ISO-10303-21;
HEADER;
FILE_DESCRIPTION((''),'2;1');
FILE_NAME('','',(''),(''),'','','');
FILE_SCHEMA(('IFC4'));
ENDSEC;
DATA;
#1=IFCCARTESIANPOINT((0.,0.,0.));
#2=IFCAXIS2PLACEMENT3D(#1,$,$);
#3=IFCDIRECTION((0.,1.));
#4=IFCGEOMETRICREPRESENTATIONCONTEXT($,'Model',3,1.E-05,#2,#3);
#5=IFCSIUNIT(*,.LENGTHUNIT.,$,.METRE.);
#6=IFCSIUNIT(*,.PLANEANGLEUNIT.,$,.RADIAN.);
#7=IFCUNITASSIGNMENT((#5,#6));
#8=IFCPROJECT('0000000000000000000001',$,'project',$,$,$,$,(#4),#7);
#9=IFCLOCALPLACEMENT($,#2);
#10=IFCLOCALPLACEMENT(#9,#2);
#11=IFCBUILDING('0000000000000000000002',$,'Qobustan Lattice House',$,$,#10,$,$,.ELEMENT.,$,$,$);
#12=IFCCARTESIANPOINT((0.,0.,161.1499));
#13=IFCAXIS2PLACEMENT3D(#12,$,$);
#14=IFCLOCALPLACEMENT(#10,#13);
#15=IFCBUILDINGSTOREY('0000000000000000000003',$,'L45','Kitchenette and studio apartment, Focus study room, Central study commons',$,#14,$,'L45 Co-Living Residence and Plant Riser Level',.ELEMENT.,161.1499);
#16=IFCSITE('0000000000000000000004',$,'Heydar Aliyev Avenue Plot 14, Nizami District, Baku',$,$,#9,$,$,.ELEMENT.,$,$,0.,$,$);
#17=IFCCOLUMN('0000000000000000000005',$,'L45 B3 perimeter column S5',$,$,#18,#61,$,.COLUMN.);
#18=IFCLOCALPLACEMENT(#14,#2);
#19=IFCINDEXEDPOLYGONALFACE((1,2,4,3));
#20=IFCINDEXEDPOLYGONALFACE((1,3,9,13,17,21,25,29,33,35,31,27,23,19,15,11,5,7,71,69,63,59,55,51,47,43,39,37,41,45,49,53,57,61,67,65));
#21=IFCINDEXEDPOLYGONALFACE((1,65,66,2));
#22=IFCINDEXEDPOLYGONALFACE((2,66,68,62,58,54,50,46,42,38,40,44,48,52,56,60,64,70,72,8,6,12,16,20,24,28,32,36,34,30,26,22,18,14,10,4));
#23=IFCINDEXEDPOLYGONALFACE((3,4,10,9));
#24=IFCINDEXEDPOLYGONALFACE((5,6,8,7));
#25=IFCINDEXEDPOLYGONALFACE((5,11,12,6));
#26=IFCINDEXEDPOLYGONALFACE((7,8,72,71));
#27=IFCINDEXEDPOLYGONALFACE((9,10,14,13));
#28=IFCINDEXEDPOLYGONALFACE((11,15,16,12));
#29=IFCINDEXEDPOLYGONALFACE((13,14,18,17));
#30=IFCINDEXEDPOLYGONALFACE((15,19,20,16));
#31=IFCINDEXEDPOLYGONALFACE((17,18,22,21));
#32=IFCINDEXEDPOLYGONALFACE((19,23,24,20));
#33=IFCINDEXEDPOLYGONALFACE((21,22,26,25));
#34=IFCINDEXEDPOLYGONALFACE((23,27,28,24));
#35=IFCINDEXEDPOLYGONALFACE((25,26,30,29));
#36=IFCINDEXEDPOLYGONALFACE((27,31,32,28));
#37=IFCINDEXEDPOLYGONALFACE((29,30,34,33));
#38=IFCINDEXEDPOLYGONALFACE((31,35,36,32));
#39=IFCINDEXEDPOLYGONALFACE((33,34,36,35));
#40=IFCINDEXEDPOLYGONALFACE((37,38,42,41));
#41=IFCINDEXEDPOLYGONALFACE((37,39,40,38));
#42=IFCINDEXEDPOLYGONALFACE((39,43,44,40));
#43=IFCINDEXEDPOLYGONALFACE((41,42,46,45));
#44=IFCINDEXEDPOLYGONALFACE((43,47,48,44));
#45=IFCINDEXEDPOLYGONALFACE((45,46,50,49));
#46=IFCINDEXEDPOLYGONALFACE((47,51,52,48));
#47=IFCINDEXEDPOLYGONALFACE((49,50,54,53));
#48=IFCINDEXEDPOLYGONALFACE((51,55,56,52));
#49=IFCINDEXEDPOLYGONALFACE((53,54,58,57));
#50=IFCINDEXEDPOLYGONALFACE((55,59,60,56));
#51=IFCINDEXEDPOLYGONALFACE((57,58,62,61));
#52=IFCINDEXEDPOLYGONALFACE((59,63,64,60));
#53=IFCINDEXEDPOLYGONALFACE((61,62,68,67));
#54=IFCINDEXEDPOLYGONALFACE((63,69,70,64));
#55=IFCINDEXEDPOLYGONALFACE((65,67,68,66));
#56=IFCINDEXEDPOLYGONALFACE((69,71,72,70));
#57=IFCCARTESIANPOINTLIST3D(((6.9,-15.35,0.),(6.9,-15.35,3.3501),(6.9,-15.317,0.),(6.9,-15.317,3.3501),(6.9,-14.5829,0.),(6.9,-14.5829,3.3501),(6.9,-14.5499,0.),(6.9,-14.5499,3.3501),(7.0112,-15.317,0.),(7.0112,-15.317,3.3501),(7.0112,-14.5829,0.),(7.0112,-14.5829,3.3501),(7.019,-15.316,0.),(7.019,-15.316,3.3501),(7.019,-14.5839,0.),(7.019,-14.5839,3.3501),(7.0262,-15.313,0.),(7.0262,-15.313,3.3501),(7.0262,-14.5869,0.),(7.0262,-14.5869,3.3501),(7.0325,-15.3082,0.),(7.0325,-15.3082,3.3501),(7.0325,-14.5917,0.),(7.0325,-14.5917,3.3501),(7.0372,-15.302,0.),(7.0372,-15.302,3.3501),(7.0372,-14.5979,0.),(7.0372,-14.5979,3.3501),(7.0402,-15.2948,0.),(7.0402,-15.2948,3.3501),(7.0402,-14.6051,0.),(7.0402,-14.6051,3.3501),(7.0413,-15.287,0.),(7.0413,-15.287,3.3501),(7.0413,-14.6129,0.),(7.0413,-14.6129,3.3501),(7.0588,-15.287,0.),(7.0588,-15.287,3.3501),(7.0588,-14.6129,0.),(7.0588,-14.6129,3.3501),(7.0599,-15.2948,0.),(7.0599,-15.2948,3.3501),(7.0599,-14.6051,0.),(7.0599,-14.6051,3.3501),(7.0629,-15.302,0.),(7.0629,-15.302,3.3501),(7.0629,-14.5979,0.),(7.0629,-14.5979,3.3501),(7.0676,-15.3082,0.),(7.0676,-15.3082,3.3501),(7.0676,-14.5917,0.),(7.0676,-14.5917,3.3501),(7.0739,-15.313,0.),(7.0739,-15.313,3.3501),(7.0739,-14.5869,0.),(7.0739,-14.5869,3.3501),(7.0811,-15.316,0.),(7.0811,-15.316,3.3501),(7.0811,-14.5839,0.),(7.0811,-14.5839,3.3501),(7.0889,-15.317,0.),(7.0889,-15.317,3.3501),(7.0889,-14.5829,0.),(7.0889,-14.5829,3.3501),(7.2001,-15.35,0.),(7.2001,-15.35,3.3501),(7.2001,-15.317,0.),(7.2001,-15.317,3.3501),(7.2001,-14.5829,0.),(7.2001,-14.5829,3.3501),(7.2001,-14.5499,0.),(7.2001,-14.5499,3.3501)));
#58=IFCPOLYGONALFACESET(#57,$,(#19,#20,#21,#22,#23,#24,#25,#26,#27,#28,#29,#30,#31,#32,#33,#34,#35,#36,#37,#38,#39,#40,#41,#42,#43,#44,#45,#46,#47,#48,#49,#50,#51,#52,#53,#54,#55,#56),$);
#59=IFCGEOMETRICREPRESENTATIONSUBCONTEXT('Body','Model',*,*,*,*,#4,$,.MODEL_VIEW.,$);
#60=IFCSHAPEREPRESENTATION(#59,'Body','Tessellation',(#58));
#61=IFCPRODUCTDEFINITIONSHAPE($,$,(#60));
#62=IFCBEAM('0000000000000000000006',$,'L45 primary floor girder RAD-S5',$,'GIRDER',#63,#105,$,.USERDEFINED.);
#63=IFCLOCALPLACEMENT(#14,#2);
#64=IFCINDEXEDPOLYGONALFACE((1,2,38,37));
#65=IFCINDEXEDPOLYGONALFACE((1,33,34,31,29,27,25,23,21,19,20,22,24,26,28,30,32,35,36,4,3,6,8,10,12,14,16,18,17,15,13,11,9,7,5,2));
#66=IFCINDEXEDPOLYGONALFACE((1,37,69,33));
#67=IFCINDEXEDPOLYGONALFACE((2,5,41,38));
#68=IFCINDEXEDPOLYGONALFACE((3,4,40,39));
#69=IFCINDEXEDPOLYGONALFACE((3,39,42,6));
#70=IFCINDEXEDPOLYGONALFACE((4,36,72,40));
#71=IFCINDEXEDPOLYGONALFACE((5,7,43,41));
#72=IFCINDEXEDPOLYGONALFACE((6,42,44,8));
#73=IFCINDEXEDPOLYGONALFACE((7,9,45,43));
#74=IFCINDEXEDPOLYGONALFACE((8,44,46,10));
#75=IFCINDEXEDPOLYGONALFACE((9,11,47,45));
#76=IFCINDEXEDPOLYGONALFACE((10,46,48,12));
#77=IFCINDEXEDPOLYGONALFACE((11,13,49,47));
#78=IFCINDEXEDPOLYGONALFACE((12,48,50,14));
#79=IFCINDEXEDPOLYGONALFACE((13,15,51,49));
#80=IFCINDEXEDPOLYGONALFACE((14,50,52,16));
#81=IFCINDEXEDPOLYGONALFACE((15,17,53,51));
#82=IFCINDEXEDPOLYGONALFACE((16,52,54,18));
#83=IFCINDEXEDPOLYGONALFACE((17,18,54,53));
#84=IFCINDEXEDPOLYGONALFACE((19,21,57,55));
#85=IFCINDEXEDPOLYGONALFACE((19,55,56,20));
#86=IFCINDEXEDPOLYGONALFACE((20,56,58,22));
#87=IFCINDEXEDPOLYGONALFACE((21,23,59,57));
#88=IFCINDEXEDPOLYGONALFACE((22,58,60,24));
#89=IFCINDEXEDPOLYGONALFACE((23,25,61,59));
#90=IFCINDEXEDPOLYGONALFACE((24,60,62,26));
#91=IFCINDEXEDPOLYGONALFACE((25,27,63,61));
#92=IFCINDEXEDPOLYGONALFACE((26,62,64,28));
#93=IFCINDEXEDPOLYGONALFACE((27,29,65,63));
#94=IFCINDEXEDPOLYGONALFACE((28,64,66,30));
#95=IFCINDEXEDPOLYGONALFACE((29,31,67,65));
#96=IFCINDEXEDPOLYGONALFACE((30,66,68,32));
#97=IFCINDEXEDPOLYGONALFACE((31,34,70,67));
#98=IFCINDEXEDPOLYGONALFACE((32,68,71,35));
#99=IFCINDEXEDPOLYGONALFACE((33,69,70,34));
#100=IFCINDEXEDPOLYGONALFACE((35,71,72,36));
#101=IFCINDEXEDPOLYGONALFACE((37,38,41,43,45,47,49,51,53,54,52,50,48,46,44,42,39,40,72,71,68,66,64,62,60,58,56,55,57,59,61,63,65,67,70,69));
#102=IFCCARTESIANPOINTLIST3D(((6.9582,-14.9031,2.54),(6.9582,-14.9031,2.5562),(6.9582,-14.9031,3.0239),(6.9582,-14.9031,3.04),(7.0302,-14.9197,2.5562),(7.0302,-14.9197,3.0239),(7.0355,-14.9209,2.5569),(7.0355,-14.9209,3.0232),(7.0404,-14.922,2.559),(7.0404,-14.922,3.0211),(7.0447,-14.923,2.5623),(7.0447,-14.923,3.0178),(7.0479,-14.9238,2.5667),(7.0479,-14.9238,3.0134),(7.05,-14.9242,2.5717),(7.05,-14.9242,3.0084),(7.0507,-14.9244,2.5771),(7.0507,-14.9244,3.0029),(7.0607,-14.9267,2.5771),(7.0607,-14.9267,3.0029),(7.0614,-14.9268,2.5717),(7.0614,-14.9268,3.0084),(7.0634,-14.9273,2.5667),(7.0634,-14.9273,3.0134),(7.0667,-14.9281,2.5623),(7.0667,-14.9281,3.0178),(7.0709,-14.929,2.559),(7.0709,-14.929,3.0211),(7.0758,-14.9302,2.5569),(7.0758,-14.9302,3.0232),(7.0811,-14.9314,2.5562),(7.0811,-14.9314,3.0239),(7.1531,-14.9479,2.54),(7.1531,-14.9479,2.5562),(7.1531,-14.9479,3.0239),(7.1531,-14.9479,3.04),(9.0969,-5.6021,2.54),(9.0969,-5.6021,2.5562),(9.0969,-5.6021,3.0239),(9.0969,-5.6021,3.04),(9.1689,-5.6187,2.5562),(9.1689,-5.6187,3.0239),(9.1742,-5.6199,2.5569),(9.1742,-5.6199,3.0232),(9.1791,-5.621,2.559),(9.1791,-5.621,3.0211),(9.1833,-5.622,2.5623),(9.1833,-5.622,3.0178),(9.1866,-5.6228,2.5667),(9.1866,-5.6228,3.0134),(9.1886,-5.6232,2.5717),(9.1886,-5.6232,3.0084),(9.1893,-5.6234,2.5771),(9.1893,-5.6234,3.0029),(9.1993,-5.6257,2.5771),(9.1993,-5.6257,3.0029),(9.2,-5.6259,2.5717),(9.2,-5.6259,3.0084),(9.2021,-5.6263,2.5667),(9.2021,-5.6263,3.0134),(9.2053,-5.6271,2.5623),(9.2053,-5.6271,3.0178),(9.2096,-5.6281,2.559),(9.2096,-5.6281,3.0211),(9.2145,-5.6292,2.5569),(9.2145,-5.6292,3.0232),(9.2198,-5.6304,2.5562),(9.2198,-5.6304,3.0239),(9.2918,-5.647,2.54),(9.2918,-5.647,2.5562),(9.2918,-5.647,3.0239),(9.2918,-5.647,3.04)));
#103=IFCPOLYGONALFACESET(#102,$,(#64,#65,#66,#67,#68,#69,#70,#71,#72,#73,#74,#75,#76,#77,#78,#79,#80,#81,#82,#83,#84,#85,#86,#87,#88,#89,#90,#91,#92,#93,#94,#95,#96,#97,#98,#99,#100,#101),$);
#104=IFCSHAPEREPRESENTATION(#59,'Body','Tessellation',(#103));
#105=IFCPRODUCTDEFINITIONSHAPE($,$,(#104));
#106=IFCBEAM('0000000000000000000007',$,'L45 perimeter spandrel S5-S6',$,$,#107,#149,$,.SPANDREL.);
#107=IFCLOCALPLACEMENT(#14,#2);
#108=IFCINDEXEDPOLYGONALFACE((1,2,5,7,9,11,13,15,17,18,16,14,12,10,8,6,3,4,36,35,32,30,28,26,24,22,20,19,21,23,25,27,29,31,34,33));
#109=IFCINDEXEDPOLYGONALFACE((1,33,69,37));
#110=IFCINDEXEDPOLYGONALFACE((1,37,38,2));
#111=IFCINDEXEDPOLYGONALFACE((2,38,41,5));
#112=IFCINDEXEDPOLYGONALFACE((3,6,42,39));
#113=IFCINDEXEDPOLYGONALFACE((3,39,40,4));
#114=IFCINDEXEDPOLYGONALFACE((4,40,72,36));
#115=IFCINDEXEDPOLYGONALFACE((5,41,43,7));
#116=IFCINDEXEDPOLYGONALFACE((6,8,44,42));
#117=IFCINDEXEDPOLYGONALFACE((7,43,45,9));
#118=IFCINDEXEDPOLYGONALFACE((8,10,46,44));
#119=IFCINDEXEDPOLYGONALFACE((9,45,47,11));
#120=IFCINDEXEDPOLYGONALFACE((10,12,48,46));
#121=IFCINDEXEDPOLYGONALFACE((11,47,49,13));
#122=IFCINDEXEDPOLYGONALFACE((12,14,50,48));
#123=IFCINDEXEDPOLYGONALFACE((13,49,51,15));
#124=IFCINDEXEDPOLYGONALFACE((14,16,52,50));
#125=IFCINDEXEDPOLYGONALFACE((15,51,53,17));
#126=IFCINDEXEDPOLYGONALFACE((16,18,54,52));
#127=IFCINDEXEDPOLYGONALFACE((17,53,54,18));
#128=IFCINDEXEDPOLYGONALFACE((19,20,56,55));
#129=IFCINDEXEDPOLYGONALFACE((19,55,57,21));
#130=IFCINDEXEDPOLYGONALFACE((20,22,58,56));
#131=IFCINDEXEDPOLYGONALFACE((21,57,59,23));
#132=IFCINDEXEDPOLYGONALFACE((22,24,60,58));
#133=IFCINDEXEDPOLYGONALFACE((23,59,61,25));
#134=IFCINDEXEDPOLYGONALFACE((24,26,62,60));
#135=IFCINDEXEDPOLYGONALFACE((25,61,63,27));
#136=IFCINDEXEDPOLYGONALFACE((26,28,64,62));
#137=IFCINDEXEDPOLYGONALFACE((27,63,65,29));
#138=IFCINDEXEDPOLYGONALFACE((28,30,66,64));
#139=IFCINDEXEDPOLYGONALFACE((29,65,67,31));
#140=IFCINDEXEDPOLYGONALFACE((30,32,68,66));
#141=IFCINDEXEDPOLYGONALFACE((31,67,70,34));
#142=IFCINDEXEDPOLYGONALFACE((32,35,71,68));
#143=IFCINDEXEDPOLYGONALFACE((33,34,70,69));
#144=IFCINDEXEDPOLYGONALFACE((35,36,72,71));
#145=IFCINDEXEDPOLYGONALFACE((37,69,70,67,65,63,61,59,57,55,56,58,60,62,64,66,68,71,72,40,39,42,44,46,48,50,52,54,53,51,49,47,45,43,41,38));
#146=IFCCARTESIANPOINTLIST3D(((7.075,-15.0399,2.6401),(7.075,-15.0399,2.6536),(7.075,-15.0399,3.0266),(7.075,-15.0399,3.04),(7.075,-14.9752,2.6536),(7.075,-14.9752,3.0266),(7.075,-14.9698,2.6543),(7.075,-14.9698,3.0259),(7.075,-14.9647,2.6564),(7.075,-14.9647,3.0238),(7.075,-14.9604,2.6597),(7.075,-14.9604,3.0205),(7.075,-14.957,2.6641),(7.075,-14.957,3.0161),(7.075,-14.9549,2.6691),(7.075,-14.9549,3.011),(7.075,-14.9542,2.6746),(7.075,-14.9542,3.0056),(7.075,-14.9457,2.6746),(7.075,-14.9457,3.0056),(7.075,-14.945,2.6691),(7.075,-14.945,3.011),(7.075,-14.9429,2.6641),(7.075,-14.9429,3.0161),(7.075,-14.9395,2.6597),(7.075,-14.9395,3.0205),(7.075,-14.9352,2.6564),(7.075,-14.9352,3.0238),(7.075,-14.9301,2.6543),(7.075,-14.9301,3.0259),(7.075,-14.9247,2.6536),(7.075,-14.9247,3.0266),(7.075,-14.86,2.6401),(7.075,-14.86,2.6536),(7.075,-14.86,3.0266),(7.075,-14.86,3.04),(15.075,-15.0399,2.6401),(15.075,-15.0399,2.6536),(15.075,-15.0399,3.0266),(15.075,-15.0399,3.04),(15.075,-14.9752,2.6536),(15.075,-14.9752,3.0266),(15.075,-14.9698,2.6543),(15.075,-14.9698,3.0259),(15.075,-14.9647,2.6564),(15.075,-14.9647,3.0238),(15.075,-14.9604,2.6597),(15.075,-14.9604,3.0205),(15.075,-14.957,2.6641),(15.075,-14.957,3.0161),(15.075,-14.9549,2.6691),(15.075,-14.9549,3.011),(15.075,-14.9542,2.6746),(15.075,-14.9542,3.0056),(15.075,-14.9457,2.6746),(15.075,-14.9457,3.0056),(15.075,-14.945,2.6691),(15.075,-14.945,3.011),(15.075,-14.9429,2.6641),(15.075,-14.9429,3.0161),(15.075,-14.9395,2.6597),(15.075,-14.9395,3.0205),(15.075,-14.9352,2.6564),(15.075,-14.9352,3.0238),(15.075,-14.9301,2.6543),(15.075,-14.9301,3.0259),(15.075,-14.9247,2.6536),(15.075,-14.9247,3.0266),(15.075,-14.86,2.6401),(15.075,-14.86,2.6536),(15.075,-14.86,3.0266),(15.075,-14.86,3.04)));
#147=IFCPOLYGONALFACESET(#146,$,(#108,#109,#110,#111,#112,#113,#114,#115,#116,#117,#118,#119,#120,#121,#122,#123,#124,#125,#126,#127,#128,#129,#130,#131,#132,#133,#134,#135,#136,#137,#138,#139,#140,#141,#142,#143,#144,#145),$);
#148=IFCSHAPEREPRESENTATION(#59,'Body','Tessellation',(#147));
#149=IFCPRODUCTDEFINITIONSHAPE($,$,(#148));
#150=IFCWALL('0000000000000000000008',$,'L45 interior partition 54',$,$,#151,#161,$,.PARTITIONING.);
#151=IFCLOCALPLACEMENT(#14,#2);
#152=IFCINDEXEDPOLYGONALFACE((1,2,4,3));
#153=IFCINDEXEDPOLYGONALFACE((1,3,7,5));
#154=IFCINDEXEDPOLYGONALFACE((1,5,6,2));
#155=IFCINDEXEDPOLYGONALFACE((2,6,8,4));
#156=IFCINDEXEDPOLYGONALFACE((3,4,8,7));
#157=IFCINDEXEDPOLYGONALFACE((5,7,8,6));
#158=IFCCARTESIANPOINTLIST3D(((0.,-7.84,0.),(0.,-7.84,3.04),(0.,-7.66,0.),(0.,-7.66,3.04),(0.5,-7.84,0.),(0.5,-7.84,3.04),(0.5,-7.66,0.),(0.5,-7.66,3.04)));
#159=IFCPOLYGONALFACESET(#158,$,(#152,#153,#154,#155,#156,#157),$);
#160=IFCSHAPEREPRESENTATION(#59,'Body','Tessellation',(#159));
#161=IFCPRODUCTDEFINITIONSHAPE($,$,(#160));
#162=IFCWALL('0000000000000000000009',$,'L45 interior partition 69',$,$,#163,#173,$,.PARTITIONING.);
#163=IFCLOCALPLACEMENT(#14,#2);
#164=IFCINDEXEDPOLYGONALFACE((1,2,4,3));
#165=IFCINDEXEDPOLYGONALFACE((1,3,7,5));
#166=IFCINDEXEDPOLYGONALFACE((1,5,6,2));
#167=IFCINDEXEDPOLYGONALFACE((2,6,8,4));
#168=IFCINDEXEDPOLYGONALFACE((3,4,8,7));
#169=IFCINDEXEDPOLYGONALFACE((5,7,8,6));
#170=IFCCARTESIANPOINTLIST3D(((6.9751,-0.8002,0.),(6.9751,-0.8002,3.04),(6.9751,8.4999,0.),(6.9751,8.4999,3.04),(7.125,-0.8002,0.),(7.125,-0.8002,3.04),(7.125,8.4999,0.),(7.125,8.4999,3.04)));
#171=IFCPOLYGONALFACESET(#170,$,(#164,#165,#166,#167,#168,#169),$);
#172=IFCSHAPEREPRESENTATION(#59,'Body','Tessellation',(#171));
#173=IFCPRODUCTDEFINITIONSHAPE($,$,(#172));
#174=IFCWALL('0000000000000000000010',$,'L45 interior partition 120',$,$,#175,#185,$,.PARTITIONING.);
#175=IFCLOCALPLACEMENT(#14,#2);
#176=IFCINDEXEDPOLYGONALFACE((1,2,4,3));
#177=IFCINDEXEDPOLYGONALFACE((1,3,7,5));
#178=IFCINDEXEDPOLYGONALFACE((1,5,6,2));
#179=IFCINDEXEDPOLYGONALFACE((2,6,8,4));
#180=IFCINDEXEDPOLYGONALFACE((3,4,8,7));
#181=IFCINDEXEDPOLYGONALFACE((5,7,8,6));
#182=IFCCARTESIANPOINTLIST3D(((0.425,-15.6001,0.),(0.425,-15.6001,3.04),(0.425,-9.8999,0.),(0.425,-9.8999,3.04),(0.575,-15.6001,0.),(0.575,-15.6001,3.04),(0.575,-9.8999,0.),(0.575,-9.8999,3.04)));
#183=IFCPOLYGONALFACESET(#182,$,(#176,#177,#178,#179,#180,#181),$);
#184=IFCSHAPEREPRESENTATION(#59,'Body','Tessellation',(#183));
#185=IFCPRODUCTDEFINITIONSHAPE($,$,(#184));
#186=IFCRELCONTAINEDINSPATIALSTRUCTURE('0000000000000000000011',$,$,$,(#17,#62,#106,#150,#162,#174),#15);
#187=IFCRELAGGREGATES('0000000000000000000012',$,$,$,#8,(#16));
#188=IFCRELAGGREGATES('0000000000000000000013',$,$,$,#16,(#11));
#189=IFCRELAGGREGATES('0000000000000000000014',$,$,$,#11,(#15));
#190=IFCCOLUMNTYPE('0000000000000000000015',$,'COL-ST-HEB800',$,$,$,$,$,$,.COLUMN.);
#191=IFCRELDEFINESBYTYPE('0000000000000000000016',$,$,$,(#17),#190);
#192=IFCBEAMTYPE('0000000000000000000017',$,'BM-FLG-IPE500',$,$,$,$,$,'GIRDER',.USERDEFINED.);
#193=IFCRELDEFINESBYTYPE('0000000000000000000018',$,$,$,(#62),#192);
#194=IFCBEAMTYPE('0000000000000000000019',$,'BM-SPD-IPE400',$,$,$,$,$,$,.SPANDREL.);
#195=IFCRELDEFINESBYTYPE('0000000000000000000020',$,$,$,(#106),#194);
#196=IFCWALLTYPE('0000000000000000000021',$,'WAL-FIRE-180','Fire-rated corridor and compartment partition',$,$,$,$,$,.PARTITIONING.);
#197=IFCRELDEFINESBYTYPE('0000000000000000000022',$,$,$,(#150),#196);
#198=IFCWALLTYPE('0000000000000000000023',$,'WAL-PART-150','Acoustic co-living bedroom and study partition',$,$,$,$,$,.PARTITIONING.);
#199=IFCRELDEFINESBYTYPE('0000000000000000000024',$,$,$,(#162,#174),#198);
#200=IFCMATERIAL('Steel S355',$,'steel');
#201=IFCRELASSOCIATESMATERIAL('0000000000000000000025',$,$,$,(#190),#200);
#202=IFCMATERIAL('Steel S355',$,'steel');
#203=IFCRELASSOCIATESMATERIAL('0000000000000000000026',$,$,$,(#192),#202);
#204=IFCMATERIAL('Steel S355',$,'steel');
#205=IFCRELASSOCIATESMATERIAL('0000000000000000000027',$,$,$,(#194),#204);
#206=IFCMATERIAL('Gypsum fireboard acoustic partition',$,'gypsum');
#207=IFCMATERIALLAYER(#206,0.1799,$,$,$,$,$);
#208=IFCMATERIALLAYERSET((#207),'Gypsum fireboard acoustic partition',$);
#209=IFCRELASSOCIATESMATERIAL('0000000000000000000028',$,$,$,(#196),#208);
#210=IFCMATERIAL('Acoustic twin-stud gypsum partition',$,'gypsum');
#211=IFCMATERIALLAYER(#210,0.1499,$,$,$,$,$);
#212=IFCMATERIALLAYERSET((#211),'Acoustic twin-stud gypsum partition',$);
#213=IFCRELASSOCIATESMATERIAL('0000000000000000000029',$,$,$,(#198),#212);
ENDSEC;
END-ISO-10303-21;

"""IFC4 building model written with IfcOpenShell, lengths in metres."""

from ifc_helpers import new_model, si_unit, direction, frame, frame_2d, origin, origin_2d, place, context, subcontext, project, spatial, rectangle, i_section, extrude, material, layer, layer_set, material_profile, profile_set, type_object, element, save


model = new_model("IFC4")

# Units and contexts
model_context = context("Model", 3, precision=1e-05, world=origin(), true_north=direction((0.0, 1.0)))
body_context = subcontext(model_context, "Body", "Model", "MODEL_VIEW")
ifc_project = project(units=[si_unit("LENGTHUNIT", "METRE"), si_unit("PLANEANGLEUNIT", "RADIAN")], contexts=[model_context])

# Site, building, storey
site_placement = place(None, origin())
site = spatial("IfcSite", under=ifc_project, at=site_placement, Name="Heydar Aliyev Avenue Plot 14, Nizami District, Baku", CompositionType="ELEMENT", RefElevation=0.0)
building_placement = place(site_placement, origin())
building = spatial("IfcBuilding", under=site, at=building_placement, Name="Qobustan Lattice House", CompositionType="ELEMENT")
storey_placement = place(building_placement, frame((0.0, 0.0, 161.1499)))
storey = spatial("IfcBuildingStorey", under=building, at=storey_placement, Name="L45", Description="Kitchenette and studio apartment, Focus study room, Central study commons", LongName="L45 Co-Living Residence and Plant Riser Level", CompositionType="ELEMENT", Elevation=161.1499)

# Column
ifc_material_1 = material(Name="Steel S355", Category="steel")
ifc_material_profile_1 = material_profile(ifc_material_1, i_section(OverallWidth=0.3, OverallDepth=0.8, WebThickness=0.0176, FlangeThickness=0.033, FilletRadius=0.03, at=origin_2d()), Name="HEB800")
ifc_profile_set_1 = profile_set([ifc_material_profile_1], Name="Steel S355")
column_type = type_object("IfcColumnType", Name="COL-ST-HEB800", PredefinedType="COLUMN", material=ifc_profile_set_1)
column_placement = place(storey_placement, frame((7.05, -14.95, 0.0), z_axis=(0.0, 0.0, 1.0), x_axis=(1.0, 0.0, 0.0)))
element("IfcColumn", 1, at=column_placement, inside=storey, type_object=column_type, Name="L45 B3 perimeter column S5", PredefinedType="COLUMN", context=body_context, shape_type="SweptSolid", body=[
    extrude(i_section(OverallWidth=0.3, OverallDepth=0.8, WebThickness=0.0176, FlangeThickness=0.033, FilletRadius=0.03, at=origin_2d()), origin(), (0.0, 0.0, 1.0), 3.3501),
])

# Beams
ifc_material_2 = material(Name="Steel S355", Category="steel")
ifc_material_profile_2 = material_profile(ifc_material_2, i_section(OverallWidth=0.2, OverallDepth=0.5, WebThickness=0.0103, FlangeThickness=0.0161, FilletRadius=0.021, at=origin_2d()), Name="IPE500")
ifc_profile_set_2 = profile_set([ifc_material_profile_2], Name="Steel S355")
beam_type_1 = type_object("IfcBeamType", Name="BM-FLG-IPE500", ElementType="GIRDER", PredefinedType="USERDEFINED", material=ifc_profile_set_2)
beam_1_placement = place(storey_placement, frame((7.0557, -14.9255, 2.79), z_axis=(0.224092, 0.974568, 0.0), x_axis=(-0.974568, 0.224092, 0.0)))
element("IfcBeam", 2, at=beam_1_placement, inside=storey, type_object=beam_type_1, Name="L45 primary floor girder RAD-S5", ObjectType="GIRDER", PredefinedType="USERDEFINED", context=body_context, shape_type="SweptSolid", body=[
    extrude(i_section(OverallWidth=0.2, OverallDepth=0.5, WebThickness=0.0103, FlangeThickness=0.0161, FilletRadius=0.021, at=origin_2d()), origin(), (0.0, 0.0, 1.0), 9.5437),
])
ifc_material_3 = material(Name="Steel S355", Category="steel")
ifc_material_profile_3 = material_profile(ifc_material_3, i_section(OverallWidth=0.1799, OverallDepth=0.3999, WebThickness=0.0085, FlangeThickness=0.0134, FilletRadius=0.021, at=origin_2d()), Name="IPE400")
ifc_profile_set_3 = profile_set([ifc_material_profile_3], Name="Steel S355")
beam_type_2 = type_object("IfcBeamType", Name="BM-SPD-IPE400", PredefinedType="SPANDREL", material=ifc_profile_set_3)
beam_2_placement = place(storey_placement, frame((7.075, -14.95, 2.8401), z_axis=(1.0, 0.0, 0.0), x_axis=(0.0, 1.0, 0.0)))
element("IfcBeam", 3, at=beam_2_placement, inside=storey, type_object=beam_type_2, Name="L45 perimeter spandrel S5-S6", PredefinedType="SPANDREL", context=body_context, shape_type="SweptSolid", body=[
    extrude(i_section(OverallWidth=0.1799, OverallDepth=0.3999, WebThickness=0.0085, FlangeThickness=0.0134, FilletRadius=0.021, at=origin_2d()), origin(), (0.0, 0.0, 1.0), 8.0),
])

# Shared definitions
ifc_material_4 = material(Name="Gypsum fireboard acoustic partition", Category="gypsum")
ifc_layer_1 = layer(ifc_material_4, 0.1799)
ifc_layer_set_1 = layer_set([ifc_layer_1], Name="Gypsum fireboard acoustic partition")
wall_type_1 = type_object("IfcWallType", Name="WAL-FIRE-180", Description="Fire-rated corridor and compartment partition", PredefinedType="PARTITIONING", material=ifc_layer_set_1)

# Wall
wall_1_placement = place(storey_placement, frame((0.5, -7.75, 0.0), z_axis=(0.0, 0.0, 1.0), x_axis=(-1.0, 0.0, 0.0)))
element("IfcWall", 4, at=wall_1_placement, inside=storey, type_object=wall_type_1, Name="L45 interior partition 54", PredefinedType="PARTITIONING", context=body_context, shape_type="SweptSolid", body=[
    extrude(rectangle(XDim=0.5, YDim=0.1799, at=frame_2d((0.25, 0.0))), origin(), (0.0, 0.0, 1.0), 3.04),
])

# Walls
ifc_material_5 = material(Name="Acoustic twin-stud gypsum partition", Category="gypsum")
ifc_layer_2 = layer(ifc_material_5, 0.1499)
ifc_layer_set_2 = layer_set([ifc_layer_2], Name="Acoustic twin-stud gypsum partition")
wall_type_2 = type_object("IfcWallType", Name="WAL-PART-150", Description="Acoustic co-living bedroom and study partition", PredefinedType="PARTITIONING", material=ifc_layer_set_2)
wall_2_placement = place(storey_placement, frame((7.05, -0.8, 0.0), z_axis=(0.0, 0.0, 1.0), x_axis=(0.0, 1.0, 0.0)))
element("IfcWall", 5, at=wall_2_placement, inside=storey, type_object=wall_type_2, Name="L45 interior partition 69", PredefinedType="PARTITIONING", context=body_context, shape_type="SweptSolid", body=[
    extrude(rectangle(XDim=9.3, YDim=0.1499, at=frame_2d((4.6499, 0.0))), origin(), (0.0, 0.0, 1.0), 3.04),
])
wall_3_placement = place(storey_placement, frame((0.5, -9.8999, 0.0), z_axis=(0.0, 0.0, 1.0), x_axis=(0.0, -1.0, 0.0)))
element("IfcWall", 6, at=wall_3_placement, inside=storey, type_object=wall_type_2, Name="L45 interior partition 120", PredefinedType="PARTITIONING", context=body_context, shape_type="SweptSolid", body=[
    extrude(rectangle(XDim=5.7002, YDim=0.1499, at=frame_2d((2.8501, 0.0))), origin(), (0.0, 0.0, 1.0), 3.04),
])

save(model, "model.ifc")
